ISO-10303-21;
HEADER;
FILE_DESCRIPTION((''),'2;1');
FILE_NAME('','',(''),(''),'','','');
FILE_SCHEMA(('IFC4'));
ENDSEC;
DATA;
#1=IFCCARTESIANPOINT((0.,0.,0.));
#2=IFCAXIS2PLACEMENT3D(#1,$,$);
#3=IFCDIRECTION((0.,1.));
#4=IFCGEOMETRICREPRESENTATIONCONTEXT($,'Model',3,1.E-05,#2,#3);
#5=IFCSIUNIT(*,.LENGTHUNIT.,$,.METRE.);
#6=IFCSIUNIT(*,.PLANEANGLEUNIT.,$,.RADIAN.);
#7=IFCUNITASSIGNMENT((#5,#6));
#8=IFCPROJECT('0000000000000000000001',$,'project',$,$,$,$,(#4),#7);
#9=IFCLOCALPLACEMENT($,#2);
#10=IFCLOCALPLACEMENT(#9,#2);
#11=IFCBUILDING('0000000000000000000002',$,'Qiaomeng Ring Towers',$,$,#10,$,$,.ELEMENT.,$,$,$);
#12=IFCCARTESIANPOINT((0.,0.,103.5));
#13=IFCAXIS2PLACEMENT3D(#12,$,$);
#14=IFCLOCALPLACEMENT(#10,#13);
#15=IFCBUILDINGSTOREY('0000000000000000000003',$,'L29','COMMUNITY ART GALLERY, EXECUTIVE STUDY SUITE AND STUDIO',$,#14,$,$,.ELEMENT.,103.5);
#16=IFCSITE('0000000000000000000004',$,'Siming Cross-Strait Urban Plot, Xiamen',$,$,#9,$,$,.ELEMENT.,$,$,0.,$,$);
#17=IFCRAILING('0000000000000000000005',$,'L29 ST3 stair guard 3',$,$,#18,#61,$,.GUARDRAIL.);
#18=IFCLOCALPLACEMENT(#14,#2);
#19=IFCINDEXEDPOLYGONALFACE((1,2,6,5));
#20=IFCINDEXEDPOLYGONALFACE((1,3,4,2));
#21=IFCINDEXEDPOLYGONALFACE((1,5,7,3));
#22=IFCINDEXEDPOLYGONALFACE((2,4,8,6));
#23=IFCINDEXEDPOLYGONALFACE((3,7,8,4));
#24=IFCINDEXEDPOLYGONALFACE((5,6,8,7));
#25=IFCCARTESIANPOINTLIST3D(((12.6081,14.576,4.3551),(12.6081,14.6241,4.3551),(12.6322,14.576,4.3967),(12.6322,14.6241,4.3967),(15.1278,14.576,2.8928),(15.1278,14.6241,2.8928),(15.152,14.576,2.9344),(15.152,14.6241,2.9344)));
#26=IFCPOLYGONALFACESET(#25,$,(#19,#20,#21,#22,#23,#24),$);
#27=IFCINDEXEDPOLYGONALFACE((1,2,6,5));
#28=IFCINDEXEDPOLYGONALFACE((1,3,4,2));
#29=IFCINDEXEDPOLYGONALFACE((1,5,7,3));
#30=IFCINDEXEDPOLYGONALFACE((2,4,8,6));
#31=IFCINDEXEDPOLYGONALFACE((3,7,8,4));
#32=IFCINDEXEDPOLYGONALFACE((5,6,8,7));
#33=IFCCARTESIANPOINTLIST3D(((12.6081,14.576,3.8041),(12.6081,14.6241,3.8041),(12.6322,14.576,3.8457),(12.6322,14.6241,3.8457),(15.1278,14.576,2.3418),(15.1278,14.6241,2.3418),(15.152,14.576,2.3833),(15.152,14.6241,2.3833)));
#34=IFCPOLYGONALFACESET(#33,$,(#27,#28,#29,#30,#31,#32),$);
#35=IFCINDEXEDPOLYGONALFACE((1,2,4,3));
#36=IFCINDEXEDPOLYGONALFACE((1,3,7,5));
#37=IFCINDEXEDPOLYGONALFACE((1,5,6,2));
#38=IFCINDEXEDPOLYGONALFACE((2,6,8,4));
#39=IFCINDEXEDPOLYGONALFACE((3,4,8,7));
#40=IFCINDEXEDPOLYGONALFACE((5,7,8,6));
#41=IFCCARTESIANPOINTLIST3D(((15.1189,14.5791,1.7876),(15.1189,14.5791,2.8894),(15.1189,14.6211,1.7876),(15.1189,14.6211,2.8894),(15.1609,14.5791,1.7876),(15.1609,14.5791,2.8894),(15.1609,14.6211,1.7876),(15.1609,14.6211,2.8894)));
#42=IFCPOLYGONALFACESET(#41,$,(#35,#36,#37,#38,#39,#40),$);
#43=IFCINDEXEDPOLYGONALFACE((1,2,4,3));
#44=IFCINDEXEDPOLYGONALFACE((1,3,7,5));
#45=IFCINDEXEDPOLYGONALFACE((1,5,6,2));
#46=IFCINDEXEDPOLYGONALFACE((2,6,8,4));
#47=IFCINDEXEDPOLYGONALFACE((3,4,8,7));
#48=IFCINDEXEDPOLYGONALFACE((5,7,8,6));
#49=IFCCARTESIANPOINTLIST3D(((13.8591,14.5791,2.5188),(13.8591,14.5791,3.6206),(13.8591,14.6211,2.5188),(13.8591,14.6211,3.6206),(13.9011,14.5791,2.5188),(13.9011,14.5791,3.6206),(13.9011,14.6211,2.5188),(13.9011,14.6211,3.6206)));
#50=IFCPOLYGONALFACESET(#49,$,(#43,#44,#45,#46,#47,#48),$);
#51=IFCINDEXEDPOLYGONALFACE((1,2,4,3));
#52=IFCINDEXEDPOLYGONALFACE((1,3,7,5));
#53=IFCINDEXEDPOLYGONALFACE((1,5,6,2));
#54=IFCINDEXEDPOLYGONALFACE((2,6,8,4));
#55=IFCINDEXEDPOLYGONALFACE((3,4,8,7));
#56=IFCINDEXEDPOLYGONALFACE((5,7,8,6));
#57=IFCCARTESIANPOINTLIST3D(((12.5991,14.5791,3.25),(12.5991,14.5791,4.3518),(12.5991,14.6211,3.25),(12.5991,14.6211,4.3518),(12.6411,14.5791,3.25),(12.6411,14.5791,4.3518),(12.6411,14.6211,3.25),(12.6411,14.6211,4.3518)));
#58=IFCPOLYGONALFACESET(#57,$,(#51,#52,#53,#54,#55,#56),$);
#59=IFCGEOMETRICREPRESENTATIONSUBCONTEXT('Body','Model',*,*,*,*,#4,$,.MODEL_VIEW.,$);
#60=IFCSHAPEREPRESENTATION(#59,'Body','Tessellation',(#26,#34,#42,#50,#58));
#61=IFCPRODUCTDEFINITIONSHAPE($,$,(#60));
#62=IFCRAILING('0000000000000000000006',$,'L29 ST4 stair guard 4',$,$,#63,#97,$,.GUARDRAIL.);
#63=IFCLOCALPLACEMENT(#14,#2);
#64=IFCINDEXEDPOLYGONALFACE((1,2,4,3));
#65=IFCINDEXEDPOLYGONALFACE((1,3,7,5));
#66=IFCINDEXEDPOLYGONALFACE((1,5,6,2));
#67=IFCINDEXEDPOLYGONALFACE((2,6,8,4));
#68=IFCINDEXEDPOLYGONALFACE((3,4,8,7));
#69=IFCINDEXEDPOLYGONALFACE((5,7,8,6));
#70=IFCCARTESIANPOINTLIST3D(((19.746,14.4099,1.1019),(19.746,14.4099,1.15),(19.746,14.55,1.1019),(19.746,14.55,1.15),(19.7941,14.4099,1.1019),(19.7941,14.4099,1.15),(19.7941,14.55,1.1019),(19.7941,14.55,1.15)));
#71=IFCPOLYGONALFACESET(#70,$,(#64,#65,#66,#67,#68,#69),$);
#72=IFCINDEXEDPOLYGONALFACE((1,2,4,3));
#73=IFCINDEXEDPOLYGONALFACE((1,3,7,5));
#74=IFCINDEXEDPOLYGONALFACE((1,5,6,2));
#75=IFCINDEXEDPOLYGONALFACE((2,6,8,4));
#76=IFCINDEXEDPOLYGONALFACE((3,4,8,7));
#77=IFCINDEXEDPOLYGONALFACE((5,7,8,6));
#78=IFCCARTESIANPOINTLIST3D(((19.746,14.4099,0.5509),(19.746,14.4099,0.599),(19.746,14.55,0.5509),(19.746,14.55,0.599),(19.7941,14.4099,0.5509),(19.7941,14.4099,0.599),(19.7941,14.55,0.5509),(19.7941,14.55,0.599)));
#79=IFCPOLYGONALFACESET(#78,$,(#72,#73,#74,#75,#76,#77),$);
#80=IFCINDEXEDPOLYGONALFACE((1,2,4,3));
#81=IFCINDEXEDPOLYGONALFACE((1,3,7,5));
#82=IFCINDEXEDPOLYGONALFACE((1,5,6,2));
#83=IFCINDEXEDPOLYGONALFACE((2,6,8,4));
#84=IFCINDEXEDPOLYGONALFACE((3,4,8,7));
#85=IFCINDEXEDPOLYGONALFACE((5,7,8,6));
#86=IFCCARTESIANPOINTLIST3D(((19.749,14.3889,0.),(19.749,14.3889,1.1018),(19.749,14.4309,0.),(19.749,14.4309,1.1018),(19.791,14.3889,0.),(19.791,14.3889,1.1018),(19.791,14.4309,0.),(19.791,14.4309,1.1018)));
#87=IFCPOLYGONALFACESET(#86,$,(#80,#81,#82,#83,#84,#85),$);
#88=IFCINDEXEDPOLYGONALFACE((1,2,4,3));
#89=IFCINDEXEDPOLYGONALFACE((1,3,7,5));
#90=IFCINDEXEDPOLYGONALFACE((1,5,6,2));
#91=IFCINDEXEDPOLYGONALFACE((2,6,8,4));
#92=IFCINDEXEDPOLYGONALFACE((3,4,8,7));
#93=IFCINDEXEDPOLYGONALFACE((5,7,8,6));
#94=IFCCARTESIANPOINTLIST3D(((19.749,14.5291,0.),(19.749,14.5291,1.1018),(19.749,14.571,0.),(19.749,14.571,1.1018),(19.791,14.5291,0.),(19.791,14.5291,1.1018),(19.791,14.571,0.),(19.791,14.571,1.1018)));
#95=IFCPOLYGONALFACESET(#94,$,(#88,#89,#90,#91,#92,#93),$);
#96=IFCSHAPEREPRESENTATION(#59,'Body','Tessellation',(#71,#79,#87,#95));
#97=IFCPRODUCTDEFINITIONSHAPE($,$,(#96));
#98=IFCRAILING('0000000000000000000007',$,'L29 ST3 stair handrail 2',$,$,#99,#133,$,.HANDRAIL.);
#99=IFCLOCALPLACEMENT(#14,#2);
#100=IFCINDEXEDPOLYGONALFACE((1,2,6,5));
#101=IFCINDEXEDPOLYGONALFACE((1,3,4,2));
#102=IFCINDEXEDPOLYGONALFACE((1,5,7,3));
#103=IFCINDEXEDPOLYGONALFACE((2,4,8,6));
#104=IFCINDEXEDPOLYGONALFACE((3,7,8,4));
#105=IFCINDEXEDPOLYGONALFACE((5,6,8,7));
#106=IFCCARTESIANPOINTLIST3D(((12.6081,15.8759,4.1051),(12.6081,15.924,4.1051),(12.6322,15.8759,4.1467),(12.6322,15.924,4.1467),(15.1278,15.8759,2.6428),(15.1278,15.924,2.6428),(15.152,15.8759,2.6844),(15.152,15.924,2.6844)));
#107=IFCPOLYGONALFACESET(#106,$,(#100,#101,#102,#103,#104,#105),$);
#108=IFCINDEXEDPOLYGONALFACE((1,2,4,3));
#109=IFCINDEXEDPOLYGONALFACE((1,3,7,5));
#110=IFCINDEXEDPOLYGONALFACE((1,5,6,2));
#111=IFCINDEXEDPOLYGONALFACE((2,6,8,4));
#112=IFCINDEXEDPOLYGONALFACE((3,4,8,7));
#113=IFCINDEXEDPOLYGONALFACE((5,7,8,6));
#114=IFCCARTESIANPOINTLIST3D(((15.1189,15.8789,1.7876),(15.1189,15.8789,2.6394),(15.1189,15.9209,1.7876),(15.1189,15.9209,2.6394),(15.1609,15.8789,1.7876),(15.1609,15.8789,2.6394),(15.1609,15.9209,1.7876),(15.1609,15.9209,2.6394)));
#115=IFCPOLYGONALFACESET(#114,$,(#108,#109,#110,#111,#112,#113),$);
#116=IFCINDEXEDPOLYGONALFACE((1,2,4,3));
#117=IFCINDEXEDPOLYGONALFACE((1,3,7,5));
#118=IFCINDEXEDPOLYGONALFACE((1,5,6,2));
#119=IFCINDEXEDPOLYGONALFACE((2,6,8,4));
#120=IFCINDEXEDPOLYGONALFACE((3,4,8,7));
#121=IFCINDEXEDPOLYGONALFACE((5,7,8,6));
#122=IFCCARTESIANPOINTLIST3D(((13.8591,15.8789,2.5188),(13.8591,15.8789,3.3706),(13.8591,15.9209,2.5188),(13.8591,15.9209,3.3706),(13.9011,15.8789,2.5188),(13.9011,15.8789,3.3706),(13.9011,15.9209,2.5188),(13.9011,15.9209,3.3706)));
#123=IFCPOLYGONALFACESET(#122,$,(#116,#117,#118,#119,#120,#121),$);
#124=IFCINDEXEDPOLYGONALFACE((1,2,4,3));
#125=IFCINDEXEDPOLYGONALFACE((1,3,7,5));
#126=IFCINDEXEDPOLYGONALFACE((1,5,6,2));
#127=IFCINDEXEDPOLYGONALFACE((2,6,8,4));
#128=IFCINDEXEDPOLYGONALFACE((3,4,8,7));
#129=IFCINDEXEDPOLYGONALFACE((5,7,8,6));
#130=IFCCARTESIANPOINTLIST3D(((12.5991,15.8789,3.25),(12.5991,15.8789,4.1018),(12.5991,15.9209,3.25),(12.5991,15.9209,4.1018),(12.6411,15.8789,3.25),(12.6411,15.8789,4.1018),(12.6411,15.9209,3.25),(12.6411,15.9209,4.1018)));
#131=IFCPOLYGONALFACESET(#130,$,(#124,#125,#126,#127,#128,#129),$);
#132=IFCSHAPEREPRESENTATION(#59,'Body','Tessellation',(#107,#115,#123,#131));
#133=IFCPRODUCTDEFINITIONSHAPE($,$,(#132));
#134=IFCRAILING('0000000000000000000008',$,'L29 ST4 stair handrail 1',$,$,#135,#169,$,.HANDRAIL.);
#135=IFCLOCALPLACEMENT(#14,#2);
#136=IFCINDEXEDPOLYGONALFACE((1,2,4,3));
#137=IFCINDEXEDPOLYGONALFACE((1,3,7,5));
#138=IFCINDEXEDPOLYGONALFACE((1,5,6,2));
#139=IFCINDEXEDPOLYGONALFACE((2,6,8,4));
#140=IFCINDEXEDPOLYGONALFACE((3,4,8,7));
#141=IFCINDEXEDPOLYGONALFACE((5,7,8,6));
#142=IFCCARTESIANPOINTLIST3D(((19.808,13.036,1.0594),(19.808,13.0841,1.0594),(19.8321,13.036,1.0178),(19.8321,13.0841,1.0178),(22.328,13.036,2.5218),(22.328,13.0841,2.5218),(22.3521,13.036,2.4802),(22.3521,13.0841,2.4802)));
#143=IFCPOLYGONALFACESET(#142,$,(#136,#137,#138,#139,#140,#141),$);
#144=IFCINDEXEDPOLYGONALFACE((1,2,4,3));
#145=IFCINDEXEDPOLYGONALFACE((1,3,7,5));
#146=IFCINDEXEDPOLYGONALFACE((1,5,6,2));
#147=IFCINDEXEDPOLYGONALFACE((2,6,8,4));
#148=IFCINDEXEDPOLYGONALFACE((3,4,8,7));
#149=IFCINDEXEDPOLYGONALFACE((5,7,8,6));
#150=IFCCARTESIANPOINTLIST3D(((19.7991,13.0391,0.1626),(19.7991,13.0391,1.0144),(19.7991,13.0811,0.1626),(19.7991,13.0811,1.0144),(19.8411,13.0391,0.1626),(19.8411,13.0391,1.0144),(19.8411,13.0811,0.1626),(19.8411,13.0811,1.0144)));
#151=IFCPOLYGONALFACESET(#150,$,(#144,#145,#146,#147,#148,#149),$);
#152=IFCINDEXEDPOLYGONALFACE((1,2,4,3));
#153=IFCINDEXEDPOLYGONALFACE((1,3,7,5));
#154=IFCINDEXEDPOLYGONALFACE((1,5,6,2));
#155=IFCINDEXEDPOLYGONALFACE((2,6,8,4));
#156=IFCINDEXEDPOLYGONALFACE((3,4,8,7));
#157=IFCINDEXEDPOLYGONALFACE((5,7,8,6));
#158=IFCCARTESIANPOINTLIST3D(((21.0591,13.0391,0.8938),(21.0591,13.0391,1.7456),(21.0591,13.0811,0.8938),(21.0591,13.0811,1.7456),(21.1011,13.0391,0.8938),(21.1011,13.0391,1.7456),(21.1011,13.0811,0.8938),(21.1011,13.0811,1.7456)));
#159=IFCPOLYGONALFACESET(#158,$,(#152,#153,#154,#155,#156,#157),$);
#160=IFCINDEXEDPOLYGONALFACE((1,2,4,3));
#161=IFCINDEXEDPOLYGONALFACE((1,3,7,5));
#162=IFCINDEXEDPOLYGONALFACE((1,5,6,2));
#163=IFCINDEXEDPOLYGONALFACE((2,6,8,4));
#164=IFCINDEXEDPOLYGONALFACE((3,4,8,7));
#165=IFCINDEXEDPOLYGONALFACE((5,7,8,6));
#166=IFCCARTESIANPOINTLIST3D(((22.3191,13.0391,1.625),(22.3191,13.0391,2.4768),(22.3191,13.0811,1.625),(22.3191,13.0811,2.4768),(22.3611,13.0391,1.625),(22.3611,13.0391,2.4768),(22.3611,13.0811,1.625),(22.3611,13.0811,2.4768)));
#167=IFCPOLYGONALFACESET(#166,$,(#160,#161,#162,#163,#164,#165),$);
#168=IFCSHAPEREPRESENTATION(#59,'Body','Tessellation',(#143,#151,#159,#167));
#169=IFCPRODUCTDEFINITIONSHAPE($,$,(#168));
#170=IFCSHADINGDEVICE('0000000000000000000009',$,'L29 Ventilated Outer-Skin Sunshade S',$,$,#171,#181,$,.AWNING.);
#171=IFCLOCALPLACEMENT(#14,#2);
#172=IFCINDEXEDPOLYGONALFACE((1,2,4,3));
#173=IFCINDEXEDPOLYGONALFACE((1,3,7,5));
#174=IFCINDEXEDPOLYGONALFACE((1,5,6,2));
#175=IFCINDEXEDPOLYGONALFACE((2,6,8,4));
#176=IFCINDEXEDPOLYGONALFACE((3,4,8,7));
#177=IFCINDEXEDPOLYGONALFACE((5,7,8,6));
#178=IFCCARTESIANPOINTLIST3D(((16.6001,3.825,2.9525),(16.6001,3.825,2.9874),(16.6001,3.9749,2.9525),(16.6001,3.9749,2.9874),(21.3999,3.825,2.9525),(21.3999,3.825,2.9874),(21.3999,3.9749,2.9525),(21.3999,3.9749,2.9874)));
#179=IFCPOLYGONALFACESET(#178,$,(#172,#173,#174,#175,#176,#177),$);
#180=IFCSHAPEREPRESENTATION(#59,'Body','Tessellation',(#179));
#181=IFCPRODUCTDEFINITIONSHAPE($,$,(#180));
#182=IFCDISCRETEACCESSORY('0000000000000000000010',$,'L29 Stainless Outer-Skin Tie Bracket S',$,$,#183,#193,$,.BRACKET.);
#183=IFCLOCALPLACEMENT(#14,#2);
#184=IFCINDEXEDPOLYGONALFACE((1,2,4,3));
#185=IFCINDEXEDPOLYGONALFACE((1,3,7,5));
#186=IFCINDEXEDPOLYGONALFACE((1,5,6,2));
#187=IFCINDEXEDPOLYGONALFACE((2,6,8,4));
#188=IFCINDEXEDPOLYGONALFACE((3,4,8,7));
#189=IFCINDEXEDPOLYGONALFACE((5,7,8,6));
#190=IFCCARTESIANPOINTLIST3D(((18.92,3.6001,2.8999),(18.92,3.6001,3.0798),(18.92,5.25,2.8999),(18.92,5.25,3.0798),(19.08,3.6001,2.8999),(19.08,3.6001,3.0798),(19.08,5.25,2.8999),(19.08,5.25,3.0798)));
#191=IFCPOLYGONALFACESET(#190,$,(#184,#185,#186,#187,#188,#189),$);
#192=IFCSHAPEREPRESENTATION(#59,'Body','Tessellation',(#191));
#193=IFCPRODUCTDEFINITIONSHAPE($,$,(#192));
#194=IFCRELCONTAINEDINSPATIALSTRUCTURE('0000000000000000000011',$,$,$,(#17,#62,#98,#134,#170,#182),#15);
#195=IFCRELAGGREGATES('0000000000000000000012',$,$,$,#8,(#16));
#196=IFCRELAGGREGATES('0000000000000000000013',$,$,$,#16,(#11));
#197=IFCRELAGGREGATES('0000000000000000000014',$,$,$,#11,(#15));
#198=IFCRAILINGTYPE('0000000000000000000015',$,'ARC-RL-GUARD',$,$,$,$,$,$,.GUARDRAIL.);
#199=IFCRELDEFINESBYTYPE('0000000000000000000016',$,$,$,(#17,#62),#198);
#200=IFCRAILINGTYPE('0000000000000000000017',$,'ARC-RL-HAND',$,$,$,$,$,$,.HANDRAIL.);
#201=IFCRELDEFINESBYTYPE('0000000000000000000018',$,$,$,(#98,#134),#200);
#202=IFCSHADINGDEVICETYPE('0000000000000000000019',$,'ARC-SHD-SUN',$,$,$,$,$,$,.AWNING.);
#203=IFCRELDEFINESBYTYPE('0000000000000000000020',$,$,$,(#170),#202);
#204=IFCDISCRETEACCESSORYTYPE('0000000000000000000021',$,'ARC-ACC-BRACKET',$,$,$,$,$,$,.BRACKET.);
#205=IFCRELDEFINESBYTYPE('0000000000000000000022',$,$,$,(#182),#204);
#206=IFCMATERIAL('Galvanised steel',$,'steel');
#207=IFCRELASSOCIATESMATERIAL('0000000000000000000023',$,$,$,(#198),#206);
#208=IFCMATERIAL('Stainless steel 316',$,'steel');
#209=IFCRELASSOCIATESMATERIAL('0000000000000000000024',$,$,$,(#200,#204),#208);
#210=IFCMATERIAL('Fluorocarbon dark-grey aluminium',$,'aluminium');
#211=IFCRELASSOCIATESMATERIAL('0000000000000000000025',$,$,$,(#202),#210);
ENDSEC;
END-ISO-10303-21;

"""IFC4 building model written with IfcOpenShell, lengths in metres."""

from ifc_helpers import new_model, si_unit, direction, frame, origin, origin_2d, place, context, subcontext, project, spatial, rectangle, extrude, source, transform, mapped, material, material_profile, profile_set, type_object, element, save


model = new_model("IFC4")

# Units and contexts
model_context = context("Model", 3, precision=1e-05, world=origin(), true_north=direction((0.0, 1.0)))
body_context = subcontext(model_context, "Body", "Model", "MODEL_VIEW")
ifc_project = project(units=[si_unit("LENGTHUNIT", "METRE"), si_unit("PLANEANGLEUNIT", "RADIAN")], contexts=[model_context])

# Site, building, storey
site_placement = place(None, origin())
site = spatial("IfcSite", under=ifc_project, at=site_placement, Name="Siming Cross-Strait Urban Plot, Xiamen", CompositionType="ELEMENT", RefElevation=0.0)
building_placement = place(site_placement, origin())
building = spatial("IfcBuilding", under=site, at=building_placement, Name="Qiaomeng Ring Towers", CompositionType="ELEMENT")
storey_placement = place(building_placement, frame((0.0, 0.0, 103.5)))
storey = spatial("IfcBuildingStorey", under=building, at=storey_placement, Name="L29", Description="COMMUNITY ART GALLERY, EXECUTIVE STUDY SUITE AND STUDIO", CompositionType="ELEMENT", Elevation=103.5)

# Shared definitions
ifc_material_1 = material(Name="Fluorocarbon dark-grey aluminium", Category="aluminium")

# Shared definitions
ifc_material_2 = material(Name="Galvanised steel", Category="steel")

# Railings
railing_type_1 = type_object("IfcRailingType", Name="ARC-RL-GUARD", PredefinedType="GUARDRAIL", material=ifc_material_2)
railing_1_placement = place(storey_placement, frame((15.1399, 14.6001, 1.7876)))
element("IfcRailing", 1, at=railing_1_placement, inside=storey, type_object=railing_type_1, Name="L29 ST3 stair guard 3", PredefinedType="GUARDRAIL", context=body_context, shape_type="SweptSolid", body=[
    extrude(rectangle(XDim=0.0481, YDim=0.0481, at=origin_2d()), frame((0.0, 0.0, 1.126), z_axis=(-0.864892, 0.0, 0.501958), x_axis=(0.0, -1.0, 0.0)), (0.0, 0.0, 1.0), 2.9133),
    extrude(rectangle(XDim=0.0481, YDim=0.0481, at=origin_2d()), frame((0.0, 0.0, 0.575), z_axis=(-0.864892, 0.0, 0.501958), x_axis=(0.0, -1.0, 0.0)), (0.0, 0.0, 1.0), 2.9133),
    extrude(rectangle(XDim=0.042, YDim=0.042, at=origin_2d()), origin(), (0.0, 0.0, 1.0), 1.1018),
    extrude(rectangle(XDim=0.042, YDim=0.042, at=origin_2d()), frame((-1.2598, 0.0, 0.7312)), (0.0, 0.0, 1.0), 1.1018),
    extrude(rectangle(XDim=0.042, YDim=0.042, at=origin_2d()), frame((-2.5198, 0.0, 1.4624)), (0.0, 0.0, 1.0), 1.1018),
])
railing_2_placement = place(storey_placement, frame((19.77, 14.4099, 0.0)))
element("IfcRailing", 2, at=railing_2_placement, inside=storey, type_object=railing_type_1, Name="L29 ST4 stair guard 4", PredefinedType="GUARDRAIL", context=body_context, shape_type="SweptSolid", body=[
    extrude(rectangle(XDim=0.0481, YDim=0.0481, at=origin_2d()), frame((0.0, 0.0, 1.126), z_axis=(0.0, 1.0, 0.0), x_axis=(-1.0, 0.0, 0.0)), (0.0, 0.0, 1.0), 0.1401),
    extrude(rectangle(XDim=0.0481, YDim=0.0481, at=origin_2d()), frame((0.0, 0.0, 0.575), z_axis=(0.0, 1.0, 0.0), x_axis=(-1.0, 0.0, 0.0)), (0.0, 0.0, 1.0), 0.1401),
    extrude(rectangle(XDim=0.042, YDim=0.042, at=origin_2d()), origin(), (0.0, 0.0, 1.0), 1.1018),
    extrude(rectangle(XDim=0.042, YDim=0.042, at=origin_2d()), frame((0.0, 0.1401, 0.0)), (0.0, 0.0, 1.0), 1.1018),
])
ifc_material_3 = material(Name="Stainless steel 316", Category="steel")
railing_type_2 = type_object("IfcRailingType", Name="ARC-RL-HAND", PredefinedType="HANDRAIL", material=ifc_material_3)
railing_3_placement = place(storey_placement, frame((15.1399, 15.8999, 1.7876)))
element("IfcRailing", 3, at=railing_3_placement, inside=storey, type_object=railing_type_2, Name="L29 ST3 stair handrail 2", PredefinedType="HANDRAIL", context=body_context, shape_type="SweptSolid", body=[
    extrude(rectangle(XDim=0.0481, YDim=0.0481, at=origin_2d()), frame((0.0, 0.0, 0.876), z_axis=(-0.864892, 0.0, 0.501958), x_axis=(0.0, -1.0, 0.0)), (0.0, 0.0, 1.0), 2.9133),
    extrude(rectangle(XDim=0.042, YDim=0.042, at=origin_2d()), origin(), (0.0, 0.0, 1.0), 0.8518),
    extrude(rectangle(XDim=0.042, YDim=0.042, at=origin_2d()), frame((-1.2598, 0.0, 0.7312)), (0.0, 0.0, 1.0), 0.8518),
    extrude(rectangle(XDim=0.042, YDim=0.042, at=origin_2d()), frame((-2.5198, 0.0, 1.4624)), (0.0, 0.0, 1.0), 0.8518),
])
railing_4_placement = place(storey_placement, frame((19.8201, 13.0601, 0.1626)))
element("IfcRailing", 4, at=railing_4_placement, inside=storey, type_object=railing_type_2, Name="L29 ST4 stair handrail 1", PredefinedType="HANDRAIL", context=body_context, shape_type="SweptSolid", body=[
    extrude(rectangle(XDim=0.0481, YDim=0.0481, at=origin_2d()), frame((0.0, 0.0, 0.876), z_axis=(0.864913, 0.0, 0.501921), x_axis=(0.0, 1.0, 0.0)), (0.0, 0.0, 1.0), 2.9136),
    extrude(rectangle(XDim=0.042, YDim=0.042, at=origin_2d()), origin(), (0.0, 0.0, 1.0), 0.8518),
    extrude(rectangle(XDim=0.042, YDim=0.042, at=origin_2d()), frame((1.26, 0.0, 0.7312)), (0.0, 0.0, 1.0), 0.8518),
    extrude(rectangle(XDim=0.042, YDim=0.042, at=origin_2d()), frame((2.52, 0.0, 1.4624)), (0.0, 0.0, 1.0), 0.8518),
])

# Shading device
ifc_material_profile_1 = material_profile(ifc_material_1, rectangle(XDim=0.1499, YDim=0.0349, at=origin_2d()), Name="LV BLADE 150x35")
ifc_profile_set_1 = profile_set([ifc_material_profile_1], Name="Fluorocarbon dark-grey aluminium")
shading_device_type = type_object("IfcShadingDeviceType", Name="ARC-SHD-SUN", PredefinedType="AWNING", material=ifc_profile_set_1)
shared_shape_1 = source(origin(), body_context, "Body", "SweptSolid", [
    extrude(rectangle(XDim=0.1499, YDim=0.0349, at=origin_2d()), origin(), (0.0, 0.0, 1.0), 4.7998),
])
shading_device_placement = place(storey_placement, frame((16.6001, 3.8999, 2.97), z_axis=(1.0, 0.0, 0.0), x_axis=(0.0, 1.0, 0.0)))
element("IfcShadingDevice", 5, at=shading_device_placement, inside=storey, type_object=shading_device_type, Name="L29 Ventilated Outer-Skin Sunshade S", PredefinedType="AWNING", context=body_context, shape_type="MappedRepresentation", body=[
    mapped(shared_shape_1, transform((0.0, 0.0, 0.0), x_axis=(1.0, 0.0, 0.0), y_axis=(0.0, 1.0, 0.0), z_axis=(0.0, 0.0, 1.0), scale=1.0)),
])

# Discrete accessory
discrete_accessory_type = type_object("IfcDiscreteAccessoryType", Name="ARC-ACC-BRACKET", PredefinedType="BRACKET", material=ifc_material_3)
shared_shape_2 = source(origin(), body_context, "Body", "SweptSolid", [
    extrude(rectangle(XDim=0.1599, YDim=1.6499, at=origin_2d()), origin(), (0.0, 0.0, 1.0), 0.1799),
])
discrete_accessory_placement = place(storey_placement, frame((19.0, 4.425, 2.8999), z_axis=(0.0, 0.0, 1.0), x_axis=(1.0, 0.0, 0.0)))
element("IfcDiscreteAccessory", 6, at=discrete_accessory_placement, inside=storey, type_object=discrete_accessory_type, Name="L29 Stainless Outer-Skin Tie Bracket S", PredefinedType="BRACKET", context=body_context, shape_type="MappedRepresentation", body=[
    mapped(shared_shape_2, transform((0.0, 0.0, 0.0), x_axis=(1.0, 0.0, 0.0), y_axis=(0.0, 1.0, 0.0), z_axis=(0.0, 0.0, 1.0), scale=1.0)),
])

save(model, "model.ifc")
